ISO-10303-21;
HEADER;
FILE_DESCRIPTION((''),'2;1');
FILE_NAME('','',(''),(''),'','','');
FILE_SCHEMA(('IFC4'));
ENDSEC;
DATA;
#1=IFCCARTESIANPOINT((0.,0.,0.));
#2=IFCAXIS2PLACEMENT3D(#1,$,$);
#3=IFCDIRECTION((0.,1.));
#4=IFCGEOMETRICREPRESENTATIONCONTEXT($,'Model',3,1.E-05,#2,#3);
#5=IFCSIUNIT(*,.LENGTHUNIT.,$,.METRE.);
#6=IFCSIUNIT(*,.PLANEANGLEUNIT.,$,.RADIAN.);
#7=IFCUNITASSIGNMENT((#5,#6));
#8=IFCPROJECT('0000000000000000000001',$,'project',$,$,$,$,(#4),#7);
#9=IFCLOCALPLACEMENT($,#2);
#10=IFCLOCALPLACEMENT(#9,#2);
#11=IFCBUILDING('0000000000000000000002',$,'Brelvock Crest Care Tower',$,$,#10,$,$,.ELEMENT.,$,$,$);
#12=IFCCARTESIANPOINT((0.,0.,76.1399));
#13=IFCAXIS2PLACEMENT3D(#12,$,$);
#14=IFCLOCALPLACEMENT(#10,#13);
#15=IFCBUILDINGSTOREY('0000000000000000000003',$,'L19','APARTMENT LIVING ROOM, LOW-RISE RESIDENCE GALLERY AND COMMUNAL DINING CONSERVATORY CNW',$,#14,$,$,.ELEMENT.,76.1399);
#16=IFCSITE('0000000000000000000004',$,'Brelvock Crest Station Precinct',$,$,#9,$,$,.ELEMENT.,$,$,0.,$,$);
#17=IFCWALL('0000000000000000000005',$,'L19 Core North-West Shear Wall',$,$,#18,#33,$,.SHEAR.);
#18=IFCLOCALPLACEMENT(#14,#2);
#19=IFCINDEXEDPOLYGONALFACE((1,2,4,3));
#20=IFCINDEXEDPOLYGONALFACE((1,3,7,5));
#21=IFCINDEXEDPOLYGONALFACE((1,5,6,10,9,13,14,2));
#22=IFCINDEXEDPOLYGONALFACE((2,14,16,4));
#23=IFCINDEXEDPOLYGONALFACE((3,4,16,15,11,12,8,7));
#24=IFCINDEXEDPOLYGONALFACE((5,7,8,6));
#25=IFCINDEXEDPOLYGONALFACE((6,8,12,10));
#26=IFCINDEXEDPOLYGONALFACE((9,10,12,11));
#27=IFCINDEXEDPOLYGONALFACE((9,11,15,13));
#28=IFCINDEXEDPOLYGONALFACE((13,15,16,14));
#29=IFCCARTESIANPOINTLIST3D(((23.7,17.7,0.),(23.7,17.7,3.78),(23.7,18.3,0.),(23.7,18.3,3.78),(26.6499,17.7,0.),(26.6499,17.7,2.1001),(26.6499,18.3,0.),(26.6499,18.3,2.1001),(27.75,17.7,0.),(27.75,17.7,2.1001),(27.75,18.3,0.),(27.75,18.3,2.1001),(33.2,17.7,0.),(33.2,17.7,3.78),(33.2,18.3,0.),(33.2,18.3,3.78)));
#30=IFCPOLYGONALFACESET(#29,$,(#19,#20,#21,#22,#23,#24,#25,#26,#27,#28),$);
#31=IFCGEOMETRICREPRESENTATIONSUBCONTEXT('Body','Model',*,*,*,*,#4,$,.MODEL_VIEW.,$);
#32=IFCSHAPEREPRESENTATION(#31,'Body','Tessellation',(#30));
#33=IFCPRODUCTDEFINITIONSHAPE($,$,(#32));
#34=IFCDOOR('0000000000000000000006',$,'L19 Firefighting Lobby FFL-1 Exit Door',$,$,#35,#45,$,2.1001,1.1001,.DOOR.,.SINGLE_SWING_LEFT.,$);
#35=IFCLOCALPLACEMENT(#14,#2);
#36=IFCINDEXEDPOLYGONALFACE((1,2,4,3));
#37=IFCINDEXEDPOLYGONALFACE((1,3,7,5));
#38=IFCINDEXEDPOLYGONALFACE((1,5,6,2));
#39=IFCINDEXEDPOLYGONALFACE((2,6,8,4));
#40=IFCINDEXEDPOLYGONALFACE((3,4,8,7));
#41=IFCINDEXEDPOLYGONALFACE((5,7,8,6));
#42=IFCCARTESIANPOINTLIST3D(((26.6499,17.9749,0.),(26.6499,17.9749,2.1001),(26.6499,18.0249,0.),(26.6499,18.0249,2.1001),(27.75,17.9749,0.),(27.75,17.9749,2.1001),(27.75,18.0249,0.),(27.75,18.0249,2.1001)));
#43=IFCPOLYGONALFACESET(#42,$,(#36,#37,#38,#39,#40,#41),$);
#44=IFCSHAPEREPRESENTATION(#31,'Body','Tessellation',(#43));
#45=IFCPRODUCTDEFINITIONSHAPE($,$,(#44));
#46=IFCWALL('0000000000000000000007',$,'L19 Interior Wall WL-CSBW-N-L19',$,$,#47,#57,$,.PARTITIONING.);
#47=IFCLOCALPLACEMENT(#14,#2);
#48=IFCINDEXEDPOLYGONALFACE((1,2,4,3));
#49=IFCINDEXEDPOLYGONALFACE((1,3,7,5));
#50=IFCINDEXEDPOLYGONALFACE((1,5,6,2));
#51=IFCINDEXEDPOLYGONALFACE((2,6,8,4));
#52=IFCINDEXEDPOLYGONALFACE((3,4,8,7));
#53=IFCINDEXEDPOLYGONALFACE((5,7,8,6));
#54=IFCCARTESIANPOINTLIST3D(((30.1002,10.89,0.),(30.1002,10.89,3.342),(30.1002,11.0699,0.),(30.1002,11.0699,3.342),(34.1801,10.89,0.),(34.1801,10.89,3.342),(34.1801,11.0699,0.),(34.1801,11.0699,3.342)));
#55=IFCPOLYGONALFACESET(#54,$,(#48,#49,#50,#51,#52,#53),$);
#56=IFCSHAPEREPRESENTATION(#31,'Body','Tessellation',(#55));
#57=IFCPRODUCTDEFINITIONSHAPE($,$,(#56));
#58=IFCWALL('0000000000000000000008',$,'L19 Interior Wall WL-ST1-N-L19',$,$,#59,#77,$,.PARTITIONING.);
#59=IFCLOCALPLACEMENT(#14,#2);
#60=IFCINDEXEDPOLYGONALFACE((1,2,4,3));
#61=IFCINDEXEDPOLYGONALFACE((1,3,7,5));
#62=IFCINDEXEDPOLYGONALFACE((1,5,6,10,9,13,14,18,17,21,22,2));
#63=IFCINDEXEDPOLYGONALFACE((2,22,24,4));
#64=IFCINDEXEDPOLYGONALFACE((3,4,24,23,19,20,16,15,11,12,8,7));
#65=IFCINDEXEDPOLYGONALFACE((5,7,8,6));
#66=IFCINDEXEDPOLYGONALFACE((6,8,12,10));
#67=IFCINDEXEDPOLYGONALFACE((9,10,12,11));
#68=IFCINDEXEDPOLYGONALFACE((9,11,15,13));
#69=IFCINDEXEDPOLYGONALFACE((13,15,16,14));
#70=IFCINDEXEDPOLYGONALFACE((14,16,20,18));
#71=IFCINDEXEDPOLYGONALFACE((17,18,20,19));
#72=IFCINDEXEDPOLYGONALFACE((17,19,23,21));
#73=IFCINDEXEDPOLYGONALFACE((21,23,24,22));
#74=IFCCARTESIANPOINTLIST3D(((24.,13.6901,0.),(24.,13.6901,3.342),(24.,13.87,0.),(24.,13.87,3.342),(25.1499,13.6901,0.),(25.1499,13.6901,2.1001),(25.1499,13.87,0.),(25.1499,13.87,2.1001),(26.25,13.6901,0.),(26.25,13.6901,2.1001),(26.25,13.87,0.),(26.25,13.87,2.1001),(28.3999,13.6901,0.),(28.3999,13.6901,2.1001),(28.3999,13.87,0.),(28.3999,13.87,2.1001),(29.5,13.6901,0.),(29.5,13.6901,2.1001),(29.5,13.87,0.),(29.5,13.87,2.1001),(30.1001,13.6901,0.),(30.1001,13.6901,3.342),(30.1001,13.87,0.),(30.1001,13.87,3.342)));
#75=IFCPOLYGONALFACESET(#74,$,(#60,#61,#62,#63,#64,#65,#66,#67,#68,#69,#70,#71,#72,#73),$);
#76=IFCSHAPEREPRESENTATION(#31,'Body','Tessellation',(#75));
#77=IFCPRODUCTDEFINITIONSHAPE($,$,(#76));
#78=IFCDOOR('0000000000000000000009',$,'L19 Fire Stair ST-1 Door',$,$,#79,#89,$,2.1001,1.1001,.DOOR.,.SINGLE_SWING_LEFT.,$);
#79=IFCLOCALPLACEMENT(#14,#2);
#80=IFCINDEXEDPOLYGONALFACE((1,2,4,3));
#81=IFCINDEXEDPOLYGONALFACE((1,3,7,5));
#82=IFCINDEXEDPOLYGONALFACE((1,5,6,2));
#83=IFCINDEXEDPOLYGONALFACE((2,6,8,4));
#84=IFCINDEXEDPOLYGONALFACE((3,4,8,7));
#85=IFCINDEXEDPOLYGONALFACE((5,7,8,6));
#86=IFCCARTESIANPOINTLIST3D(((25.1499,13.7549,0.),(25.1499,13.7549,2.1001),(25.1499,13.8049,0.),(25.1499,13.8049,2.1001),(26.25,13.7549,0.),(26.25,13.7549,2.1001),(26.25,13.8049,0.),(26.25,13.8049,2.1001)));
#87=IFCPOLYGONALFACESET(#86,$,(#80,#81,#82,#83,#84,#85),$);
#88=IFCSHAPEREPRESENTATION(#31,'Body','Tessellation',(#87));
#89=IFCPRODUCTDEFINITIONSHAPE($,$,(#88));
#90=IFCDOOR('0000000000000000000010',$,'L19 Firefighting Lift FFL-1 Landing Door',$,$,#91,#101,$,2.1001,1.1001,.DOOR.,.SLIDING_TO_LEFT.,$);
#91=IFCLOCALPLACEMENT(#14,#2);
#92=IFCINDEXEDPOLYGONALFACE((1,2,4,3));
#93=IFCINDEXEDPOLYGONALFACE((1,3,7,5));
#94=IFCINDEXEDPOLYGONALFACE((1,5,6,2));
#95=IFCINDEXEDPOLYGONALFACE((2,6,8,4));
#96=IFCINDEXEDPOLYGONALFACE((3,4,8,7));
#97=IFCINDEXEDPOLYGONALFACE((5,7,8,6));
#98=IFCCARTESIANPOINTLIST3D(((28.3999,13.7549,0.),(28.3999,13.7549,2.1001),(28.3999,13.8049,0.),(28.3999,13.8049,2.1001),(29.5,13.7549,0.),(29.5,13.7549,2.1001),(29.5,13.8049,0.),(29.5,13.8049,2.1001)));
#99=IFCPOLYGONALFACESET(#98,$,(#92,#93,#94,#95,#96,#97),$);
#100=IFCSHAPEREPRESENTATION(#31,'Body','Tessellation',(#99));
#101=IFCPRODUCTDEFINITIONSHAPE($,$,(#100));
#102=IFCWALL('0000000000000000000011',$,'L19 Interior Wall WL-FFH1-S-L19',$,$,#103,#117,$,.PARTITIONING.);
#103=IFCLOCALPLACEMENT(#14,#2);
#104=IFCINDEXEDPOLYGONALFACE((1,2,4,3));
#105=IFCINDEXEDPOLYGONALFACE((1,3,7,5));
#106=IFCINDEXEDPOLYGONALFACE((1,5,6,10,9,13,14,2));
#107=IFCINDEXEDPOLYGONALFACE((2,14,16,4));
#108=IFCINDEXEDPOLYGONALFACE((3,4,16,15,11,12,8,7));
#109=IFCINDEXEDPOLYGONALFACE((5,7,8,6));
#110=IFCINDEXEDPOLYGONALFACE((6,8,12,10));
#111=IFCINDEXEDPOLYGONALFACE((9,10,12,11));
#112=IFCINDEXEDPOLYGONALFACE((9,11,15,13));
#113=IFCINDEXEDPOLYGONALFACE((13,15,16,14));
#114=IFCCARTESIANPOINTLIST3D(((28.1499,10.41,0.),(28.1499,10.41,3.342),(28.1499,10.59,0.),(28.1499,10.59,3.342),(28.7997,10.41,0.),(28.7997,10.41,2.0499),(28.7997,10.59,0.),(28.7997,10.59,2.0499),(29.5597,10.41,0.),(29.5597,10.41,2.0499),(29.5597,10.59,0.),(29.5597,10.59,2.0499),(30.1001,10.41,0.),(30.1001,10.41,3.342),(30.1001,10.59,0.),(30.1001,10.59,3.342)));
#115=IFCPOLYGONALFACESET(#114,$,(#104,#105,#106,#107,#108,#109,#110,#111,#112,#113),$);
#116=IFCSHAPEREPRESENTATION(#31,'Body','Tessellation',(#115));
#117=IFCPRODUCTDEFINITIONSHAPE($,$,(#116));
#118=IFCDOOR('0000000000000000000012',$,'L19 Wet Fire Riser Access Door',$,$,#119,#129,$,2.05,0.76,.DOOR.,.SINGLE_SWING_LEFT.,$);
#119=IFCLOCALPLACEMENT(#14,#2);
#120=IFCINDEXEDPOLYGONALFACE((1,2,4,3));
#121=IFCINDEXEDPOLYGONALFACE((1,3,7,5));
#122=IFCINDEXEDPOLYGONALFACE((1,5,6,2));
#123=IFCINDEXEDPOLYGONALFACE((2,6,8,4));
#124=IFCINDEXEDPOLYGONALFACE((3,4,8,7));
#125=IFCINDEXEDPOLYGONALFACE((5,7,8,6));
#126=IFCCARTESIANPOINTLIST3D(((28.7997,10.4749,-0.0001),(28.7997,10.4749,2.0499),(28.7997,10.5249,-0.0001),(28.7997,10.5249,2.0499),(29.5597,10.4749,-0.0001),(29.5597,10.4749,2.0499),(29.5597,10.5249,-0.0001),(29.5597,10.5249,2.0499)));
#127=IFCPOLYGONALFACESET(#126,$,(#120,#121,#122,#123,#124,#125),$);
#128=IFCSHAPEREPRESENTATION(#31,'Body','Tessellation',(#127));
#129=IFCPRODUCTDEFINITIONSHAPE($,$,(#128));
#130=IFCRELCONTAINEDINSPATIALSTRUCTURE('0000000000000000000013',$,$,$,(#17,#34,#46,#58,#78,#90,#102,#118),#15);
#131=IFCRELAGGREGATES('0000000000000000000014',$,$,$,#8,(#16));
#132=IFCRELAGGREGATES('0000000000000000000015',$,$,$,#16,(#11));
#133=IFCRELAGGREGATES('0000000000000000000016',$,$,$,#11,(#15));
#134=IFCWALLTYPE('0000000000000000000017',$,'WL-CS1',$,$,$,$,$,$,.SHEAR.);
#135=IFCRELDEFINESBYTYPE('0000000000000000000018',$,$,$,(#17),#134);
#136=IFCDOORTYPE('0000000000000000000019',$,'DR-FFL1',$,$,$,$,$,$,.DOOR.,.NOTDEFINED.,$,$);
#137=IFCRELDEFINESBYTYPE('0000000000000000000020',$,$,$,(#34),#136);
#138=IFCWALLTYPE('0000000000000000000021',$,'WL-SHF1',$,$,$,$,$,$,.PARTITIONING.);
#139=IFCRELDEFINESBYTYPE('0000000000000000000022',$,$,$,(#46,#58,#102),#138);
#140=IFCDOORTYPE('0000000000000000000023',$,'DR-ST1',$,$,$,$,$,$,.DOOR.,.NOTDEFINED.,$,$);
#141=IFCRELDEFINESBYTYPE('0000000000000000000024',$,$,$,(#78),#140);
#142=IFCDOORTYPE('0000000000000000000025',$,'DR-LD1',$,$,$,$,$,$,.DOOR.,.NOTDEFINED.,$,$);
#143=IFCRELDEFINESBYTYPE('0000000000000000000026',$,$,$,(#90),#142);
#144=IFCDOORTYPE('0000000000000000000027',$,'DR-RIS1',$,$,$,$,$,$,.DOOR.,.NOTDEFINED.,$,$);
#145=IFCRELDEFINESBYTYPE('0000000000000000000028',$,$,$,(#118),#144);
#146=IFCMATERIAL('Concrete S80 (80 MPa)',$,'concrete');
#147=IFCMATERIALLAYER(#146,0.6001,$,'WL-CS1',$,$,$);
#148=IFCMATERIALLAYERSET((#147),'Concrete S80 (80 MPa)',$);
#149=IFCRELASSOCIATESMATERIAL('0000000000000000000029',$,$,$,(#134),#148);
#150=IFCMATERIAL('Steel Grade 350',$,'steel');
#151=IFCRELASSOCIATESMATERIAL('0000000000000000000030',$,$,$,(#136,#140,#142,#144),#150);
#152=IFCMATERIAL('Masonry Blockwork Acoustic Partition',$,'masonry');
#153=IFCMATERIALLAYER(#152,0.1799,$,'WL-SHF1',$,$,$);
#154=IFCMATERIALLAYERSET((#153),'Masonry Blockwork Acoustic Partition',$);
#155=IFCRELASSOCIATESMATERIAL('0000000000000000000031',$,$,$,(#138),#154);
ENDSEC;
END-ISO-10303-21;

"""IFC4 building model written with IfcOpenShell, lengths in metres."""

from ifc_helpers import new_model, si_unit, direction, frame, frame_2d, origin, origin_2d, place, context, subcontext, project, spatial, rectangle, extrude, source, transform, mapped, material, layer, layer_set, type_object, element, fill, save


model = new_model("IFC4")

# Units and contexts
model_context = context("Model", 3, precision=1e-05, world=origin(), true_north=direction((0.0, 1.0)))
body_context = subcontext(model_context, "Body", "Model", "MODEL_VIEW")
ifc_project = project(units=[si_unit("LENGTHUNIT", "METRE"), si_unit("PLANEANGLEUNIT", "RADIAN")], contexts=[model_context])

# Site, building, storey
site_placement = place(None, origin())
site = spatial("IfcSite", under=ifc_project, at=site_placement, Name="Brelvock Crest Station Precinct", CompositionType="ELEMENT", RefElevation=0.0)
building_placement = place(site_placement, origin())
building = spatial("IfcBuilding", under=site, at=building_placement, Name="Brelvock Crest Care Tower", CompositionType="ELEMENT")
storey_placement = place(building_placement, frame((0.0, 0.0, 76.1399)))
storey = spatial("IfcBuildingStorey", under=building, at=storey_placement, Name="L19", Description="APARTMENT LIVING ROOM, LOW-RISE RESIDENCE GALLERY AND COMMUNAL DINING CONSERVATORY CNW", CompositionType="ELEMENT", Elevation=76.1399)

# Wall, opening, door
ifc_material_1 = material(Name="Concrete S80 (80 MPa)", Category="concrete")
ifc_layer_1 = layer(ifc_material_1, 0.6001, Name="WL-CS1")
ifc_layer_set_1 = layer_set([ifc_layer_1], Name="Concrete S80 (80 MPa)")
wall_type_1 = type_object("IfcWallType", Name="WL-CS1", PredefinedType="SHEAR", material=ifc_layer_set_1)
wall_1_placement = place(storey_placement, frame((23.7, 18.0, 0.0), z_axis=(0.0, 0.0, 1.0), x_axis=(1.0, 0.0, 0.0)))
wall_1 = element("IfcWall", 1, at=wall_1_placement, inside=storey, type_object=wall_type_1, Name="L19 Core North-West Shear Wall", PredefinedType="SHEAR", context=body_context, shape_type="SweptSolid", body=[
    extrude(rectangle(XDim=9.5, YDim=0.6001, at=frame_2d((4.75, 0.0))), origin(), (0.0, 0.0, 1.0), 3.78),
])
opening_1_placement = place(wall_1_placement, frame((2.95, 0.0, 0.0)))
opening_1 = element("IfcOpeningElement", 2, at=opening_1_placement, cuts=wall_1, PredefinedType="OPENING", context=body_context, shape_type="SweptSolid", body=[
    extrude(rectangle(XDim=1.1001, YDim=2.1001, at=origin_2d()), frame((0.55, 0.3101, 1.05), z_axis=(0.0, -1.0, 0.0), x_axis=(1.0, 0.0, 0.0)), (0.0, 0.0, 1.0), 0.6201),
])
ifc_material_2 = material(Name="Steel Grade 350", Category="steel")
door_type_1 = type_object("IfcDoorType", Name="DR-FFL1", OperationType="NOTDEFINED", PredefinedType="DOOR", material=ifc_material_2)
shared_shape_1 = source(origin(), body_context, "Body", "SweptSolid", [
    extrude(rectangle(XDim=1.1001, YDim=2.1001, at=origin_2d()), frame((0.55, 0.0249, 1.05), z_axis=(0.0, -1.0, 0.0), x_axis=(1.0, 0.0, 0.0)), (0.0, 0.0, 1.0), 0.05),
])
door_1_placement = place(opening_1_placement, origin())
door_1 = element("IfcDoor", 3, at=door_1_placement, inside=storey, type_object=door_type_1, Name="L19 Firefighting Lobby FFL-1 Exit Door", OperationType="SINGLE_SWING_LEFT", OverallHeight=2.1001, OverallWidth=1.1001, PredefinedType="DOOR", context=body_context, shape_type="MappedRepresentation", body=[
    mapped(shared_shape_1, transform((0.0, 0.0, 0.0), x_axis=(1.0, 0.0, 0.0), y_axis=(0.0, 1.0, 0.0), z_axis=(0.0, 0.0, 1.0), scale=1.0)),
])
fill(opening_1, door_1)

# Wall
ifc_material_3 = material(Name="Masonry Blockwork Acoustic Partition", Category="masonry")
ifc_layer_2 = layer(ifc_material_3, 0.1799, Name="WL-SHF1")
ifc_layer_set_2 = layer_set([ifc_layer_2], Name="Masonry Blockwork Acoustic Partition")
wall_type_2 = type_object("IfcWallType", Name="WL-SHF1", PredefinedType="PARTITIONING", material=ifc_layer_set_2)
wall_2_placement = place(storey_placement, frame((30.1001, 10.98, 0.0), z_axis=(0.0, 0.0, 1.0), x_axis=(1.0, 0.0, 0.0)))
element("IfcWall", 4, at=wall_2_placement, inside=storey, type_object=wall_type_2, Name="L19 Interior Wall WL-CSBW-N-L19", PredefinedType="PARTITIONING", context=body_context, shape_type="SweptSolid", body=[
    extrude(rectangle(XDim=4.0798, YDim=0.1799, at=frame_2d((2.04, 0.0))), origin(), (0.0, 0.0, 1.0), 3.342),
])

# Wall, openings, doors
wall_3_placement = place(storey_placement, frame((24.0, 13.78, 0.0), z_axis=(0.0, 0.0, 1.0), x_axis=(1.0, 0.0, 0.0)))
wall_3 = element("IfcWall", 5, at=wall_3_placement, inside=storey, type_object=wall_type_2, Name="L19 Interior Wall WL-ST1-N-L19", PredefinedType="PARTITIONING", context=body_context, shape_type="SweptSolid", body=[
    extrude(rectangle(XDim=6.1001, YDim=0.1799, at=frame_2d((3.05, 0.0))), origin(), (0.0, 0.0, 1.0), 3.342),
])
opening_2_placement = place(wall_3_placement, frame((1.1499, 0.0, 0.0)))
opening_2 = element("IfcOpeningElement", 6, at=opening_2_placement, cuts=wall_3, PredefinedType="OPENING", context=body_context, shape_type="SweptSolid", body=[
    extrude(rectangle(XDim=1.1001, YDim=2.1001, at=origin_2d()), frame((0.55, 0.1001, 1.05), z_axis=(0.0, -1.0, 0.0), x_axis=(1.0, 0.0, 0.0)), (0.0, 0.0, 1.0), 0.2),
])
opening_3_placement = place(wall_3_placement, frame((4.3999, 0.0, 0.0)))
opening_3 = element("IfcOpeningElement", 7, at=opening_3_placement, cuts=wall_3, PredefinedType="OPENING", context=body_context, shape_type="SweptSolid", body=[
    extrude(rectangle(XDim=1.1001, YDim=2.1001, at=origin_2d()), frame((0.55, 0.1001, 1.05), z_axis=(0.0, -1.0, 0.0), x_axis=(1.0, 0.0, 0.0)), (0.0, 0.0, 1.0), 0.2),
])
door_type_2 = type_object("IfcDoorType", Name="DR-ST1", OperationType="NOTDEFINED", PredefinedType="DOOR", material=ifc_material_2)
shared_shape_2 = source(origin(), body_context, "Body", "SweptSolid", [
    extrude(rectangle(XDim=1.1001, YDim=2.1001, at=origin_2d()), frame((0.55, 0.0249, 1.05), z_axis=(0.0, -1.0, 0.0), x_axis=(1.0, 0.0, 0.0)), (0.0, 0.0, 1.0), 0.05),
])
door_2_placement = place(opening_2_placement, origin())
door_2 = element("IfcDoor", 8, at=door_2_placement, inside=storey, type_object=door_type_2, Name="L19 Fire Stair ST-1 Door", OperationType="SINGLE_SWING_LEFT", OverallHeight=2.1001, OverallWidth=1.1001, PredefinedType="DOOR", context=body_context, shape_type="MappedRepresentation", body=[
    mapped(shared_shape_2, transform((0.0, 0.0, 0.0), x_axis=(1.0, 0.0, 0.0), y_axis=(0.0, 1.0, 0.0), z_axis=(0.0, 0.0, 1.0), scale=1.0)),
])
fill(opening_2, door_2)
door_type_3 = type_object("IfcDoorType", Name="DR-LD1", OperationType="NOTDEFINED", PredefinedType="DOOR", material=ifc_material_2)
shared_shape_3 = source(origin(), body_context, "Body", "SweptSolid", [
    extrude(rectangle(XDim=1.1001, YDim=2.1001, at=origin_2d()), frame((0.55, 0.0249, 1.05), z_axis=(0.0, -1.0, 0.0), x_axis=(1.0, 0.0, 0.0)), (0.0, 0.0, 1.0), 0.05),
])
door_3_placement = place(opening_3_placement, origin())
door_3 = element("IfcDoor", 9, at=door_3_placement, inside=storey, type_object=door_type_3, Name="L19 Firefighting Lift FFL-1 Landing Door", OperationType="SLIDING_TO_LEFT", OverallHeight=2.1001, OverallWidth=1.1001, PredefinedType="DOOR", context=body_context, shape_type="MappedRepresentation", body=[
    mapped(shared_shape_3, transform((0.0, 0.0, 0.0), x_axis=(1.0, 0.0, 0.0), y_axis=(0.0, 1.0, 0.0), z_axis=(0.0, 0.0, 1.0), scale=1.0)),
])
fill(opening_3, door_3)

# Wall, opening, door
wall_4_placement = place(storey_placement, frame((28.1499, 10.5, 0.0), z_axis=(0.0, 0.0, 1.0), x_axis=(1.0, 0.0, 0.0)))
wall_4 = element("IfcWall", 10, at=wall_4_placement, inside=storey, type_object=wall_type_2, Name="L19 Interior Wall WL-FFH1-S-L19", PredefinedType="PARTITIONING", context=body_context, shape_type="SweptSolid", body=[
    extrude(rectangle(XDim=1.9502, YDim=0.1799, at=frame_2d((0.9751, 0.0))), origin(), (0.0, 0.0, 1.0), 3.342),
])
opening_4_placement = place(wall_4_placement, frame((0.6499, 0.0, 0.0)))
opening_4 = element("IfcOpeningElement", 11, at=opening_4_placement, cuts=wall_4, PredefinedType="OPENING", context=body_context, shape_type="SweptSolid", body=[
    extrude(rectangle(XDim=0.76, YDim=2.05, at=origin_2d()), frame((0.3799, 0.1001, 1.0249), z_axis=(0.0, -1.0, 0.0), x_axis=(1.0, 0.0, 0.0)), (0.0, 0.0, 1.0), 0.2),
])
door_type_4 = type_object("IfcDoorType", Name="DR-RIS1", OperationType="NOTDEFINED", PredefinedType="DOOR", material=ifc_material_2)
shared_shape_4 = source(origin(), body_context, "Body", "SweptSolid", [
    extrude(rectangle(XDim=0.76, YDim=2.05, at=origin_2d()), frame((0.3799, 0.0249, 1.0249), z_axis=(0.0, -1.0, 0.0), x_axis=(1.0, 0.0, 0.0)), (0.0, 0.0, 1.0), 0.05),
])
door_4_placement = place(opening_4_placement, origin())
door_4 = element("IfcDoor", 12, at=door_4_placement, inside=storey, type_object=door_type_4, Name="L19 Wet Fire Riser Access Door", OperationType="SINGLE_SWING_LEFT", OverallHeight=2.05, OverallWidth=0.76, PredefinedType="DOOR", context=body_context, shape_type="MappedRepresentation", body=[
    mapped(shared_shape_4, transform((0.0, 0.0, 0.0), x_axis=(1.0, 0.0, 0.0), y_axis=(0.0, 1.0, 0.0), z_axis=(0.0, 0.0, 1.0), scale=1.0)),
])
fill(opening_4, door_4)

save(model, "model.ifc")
